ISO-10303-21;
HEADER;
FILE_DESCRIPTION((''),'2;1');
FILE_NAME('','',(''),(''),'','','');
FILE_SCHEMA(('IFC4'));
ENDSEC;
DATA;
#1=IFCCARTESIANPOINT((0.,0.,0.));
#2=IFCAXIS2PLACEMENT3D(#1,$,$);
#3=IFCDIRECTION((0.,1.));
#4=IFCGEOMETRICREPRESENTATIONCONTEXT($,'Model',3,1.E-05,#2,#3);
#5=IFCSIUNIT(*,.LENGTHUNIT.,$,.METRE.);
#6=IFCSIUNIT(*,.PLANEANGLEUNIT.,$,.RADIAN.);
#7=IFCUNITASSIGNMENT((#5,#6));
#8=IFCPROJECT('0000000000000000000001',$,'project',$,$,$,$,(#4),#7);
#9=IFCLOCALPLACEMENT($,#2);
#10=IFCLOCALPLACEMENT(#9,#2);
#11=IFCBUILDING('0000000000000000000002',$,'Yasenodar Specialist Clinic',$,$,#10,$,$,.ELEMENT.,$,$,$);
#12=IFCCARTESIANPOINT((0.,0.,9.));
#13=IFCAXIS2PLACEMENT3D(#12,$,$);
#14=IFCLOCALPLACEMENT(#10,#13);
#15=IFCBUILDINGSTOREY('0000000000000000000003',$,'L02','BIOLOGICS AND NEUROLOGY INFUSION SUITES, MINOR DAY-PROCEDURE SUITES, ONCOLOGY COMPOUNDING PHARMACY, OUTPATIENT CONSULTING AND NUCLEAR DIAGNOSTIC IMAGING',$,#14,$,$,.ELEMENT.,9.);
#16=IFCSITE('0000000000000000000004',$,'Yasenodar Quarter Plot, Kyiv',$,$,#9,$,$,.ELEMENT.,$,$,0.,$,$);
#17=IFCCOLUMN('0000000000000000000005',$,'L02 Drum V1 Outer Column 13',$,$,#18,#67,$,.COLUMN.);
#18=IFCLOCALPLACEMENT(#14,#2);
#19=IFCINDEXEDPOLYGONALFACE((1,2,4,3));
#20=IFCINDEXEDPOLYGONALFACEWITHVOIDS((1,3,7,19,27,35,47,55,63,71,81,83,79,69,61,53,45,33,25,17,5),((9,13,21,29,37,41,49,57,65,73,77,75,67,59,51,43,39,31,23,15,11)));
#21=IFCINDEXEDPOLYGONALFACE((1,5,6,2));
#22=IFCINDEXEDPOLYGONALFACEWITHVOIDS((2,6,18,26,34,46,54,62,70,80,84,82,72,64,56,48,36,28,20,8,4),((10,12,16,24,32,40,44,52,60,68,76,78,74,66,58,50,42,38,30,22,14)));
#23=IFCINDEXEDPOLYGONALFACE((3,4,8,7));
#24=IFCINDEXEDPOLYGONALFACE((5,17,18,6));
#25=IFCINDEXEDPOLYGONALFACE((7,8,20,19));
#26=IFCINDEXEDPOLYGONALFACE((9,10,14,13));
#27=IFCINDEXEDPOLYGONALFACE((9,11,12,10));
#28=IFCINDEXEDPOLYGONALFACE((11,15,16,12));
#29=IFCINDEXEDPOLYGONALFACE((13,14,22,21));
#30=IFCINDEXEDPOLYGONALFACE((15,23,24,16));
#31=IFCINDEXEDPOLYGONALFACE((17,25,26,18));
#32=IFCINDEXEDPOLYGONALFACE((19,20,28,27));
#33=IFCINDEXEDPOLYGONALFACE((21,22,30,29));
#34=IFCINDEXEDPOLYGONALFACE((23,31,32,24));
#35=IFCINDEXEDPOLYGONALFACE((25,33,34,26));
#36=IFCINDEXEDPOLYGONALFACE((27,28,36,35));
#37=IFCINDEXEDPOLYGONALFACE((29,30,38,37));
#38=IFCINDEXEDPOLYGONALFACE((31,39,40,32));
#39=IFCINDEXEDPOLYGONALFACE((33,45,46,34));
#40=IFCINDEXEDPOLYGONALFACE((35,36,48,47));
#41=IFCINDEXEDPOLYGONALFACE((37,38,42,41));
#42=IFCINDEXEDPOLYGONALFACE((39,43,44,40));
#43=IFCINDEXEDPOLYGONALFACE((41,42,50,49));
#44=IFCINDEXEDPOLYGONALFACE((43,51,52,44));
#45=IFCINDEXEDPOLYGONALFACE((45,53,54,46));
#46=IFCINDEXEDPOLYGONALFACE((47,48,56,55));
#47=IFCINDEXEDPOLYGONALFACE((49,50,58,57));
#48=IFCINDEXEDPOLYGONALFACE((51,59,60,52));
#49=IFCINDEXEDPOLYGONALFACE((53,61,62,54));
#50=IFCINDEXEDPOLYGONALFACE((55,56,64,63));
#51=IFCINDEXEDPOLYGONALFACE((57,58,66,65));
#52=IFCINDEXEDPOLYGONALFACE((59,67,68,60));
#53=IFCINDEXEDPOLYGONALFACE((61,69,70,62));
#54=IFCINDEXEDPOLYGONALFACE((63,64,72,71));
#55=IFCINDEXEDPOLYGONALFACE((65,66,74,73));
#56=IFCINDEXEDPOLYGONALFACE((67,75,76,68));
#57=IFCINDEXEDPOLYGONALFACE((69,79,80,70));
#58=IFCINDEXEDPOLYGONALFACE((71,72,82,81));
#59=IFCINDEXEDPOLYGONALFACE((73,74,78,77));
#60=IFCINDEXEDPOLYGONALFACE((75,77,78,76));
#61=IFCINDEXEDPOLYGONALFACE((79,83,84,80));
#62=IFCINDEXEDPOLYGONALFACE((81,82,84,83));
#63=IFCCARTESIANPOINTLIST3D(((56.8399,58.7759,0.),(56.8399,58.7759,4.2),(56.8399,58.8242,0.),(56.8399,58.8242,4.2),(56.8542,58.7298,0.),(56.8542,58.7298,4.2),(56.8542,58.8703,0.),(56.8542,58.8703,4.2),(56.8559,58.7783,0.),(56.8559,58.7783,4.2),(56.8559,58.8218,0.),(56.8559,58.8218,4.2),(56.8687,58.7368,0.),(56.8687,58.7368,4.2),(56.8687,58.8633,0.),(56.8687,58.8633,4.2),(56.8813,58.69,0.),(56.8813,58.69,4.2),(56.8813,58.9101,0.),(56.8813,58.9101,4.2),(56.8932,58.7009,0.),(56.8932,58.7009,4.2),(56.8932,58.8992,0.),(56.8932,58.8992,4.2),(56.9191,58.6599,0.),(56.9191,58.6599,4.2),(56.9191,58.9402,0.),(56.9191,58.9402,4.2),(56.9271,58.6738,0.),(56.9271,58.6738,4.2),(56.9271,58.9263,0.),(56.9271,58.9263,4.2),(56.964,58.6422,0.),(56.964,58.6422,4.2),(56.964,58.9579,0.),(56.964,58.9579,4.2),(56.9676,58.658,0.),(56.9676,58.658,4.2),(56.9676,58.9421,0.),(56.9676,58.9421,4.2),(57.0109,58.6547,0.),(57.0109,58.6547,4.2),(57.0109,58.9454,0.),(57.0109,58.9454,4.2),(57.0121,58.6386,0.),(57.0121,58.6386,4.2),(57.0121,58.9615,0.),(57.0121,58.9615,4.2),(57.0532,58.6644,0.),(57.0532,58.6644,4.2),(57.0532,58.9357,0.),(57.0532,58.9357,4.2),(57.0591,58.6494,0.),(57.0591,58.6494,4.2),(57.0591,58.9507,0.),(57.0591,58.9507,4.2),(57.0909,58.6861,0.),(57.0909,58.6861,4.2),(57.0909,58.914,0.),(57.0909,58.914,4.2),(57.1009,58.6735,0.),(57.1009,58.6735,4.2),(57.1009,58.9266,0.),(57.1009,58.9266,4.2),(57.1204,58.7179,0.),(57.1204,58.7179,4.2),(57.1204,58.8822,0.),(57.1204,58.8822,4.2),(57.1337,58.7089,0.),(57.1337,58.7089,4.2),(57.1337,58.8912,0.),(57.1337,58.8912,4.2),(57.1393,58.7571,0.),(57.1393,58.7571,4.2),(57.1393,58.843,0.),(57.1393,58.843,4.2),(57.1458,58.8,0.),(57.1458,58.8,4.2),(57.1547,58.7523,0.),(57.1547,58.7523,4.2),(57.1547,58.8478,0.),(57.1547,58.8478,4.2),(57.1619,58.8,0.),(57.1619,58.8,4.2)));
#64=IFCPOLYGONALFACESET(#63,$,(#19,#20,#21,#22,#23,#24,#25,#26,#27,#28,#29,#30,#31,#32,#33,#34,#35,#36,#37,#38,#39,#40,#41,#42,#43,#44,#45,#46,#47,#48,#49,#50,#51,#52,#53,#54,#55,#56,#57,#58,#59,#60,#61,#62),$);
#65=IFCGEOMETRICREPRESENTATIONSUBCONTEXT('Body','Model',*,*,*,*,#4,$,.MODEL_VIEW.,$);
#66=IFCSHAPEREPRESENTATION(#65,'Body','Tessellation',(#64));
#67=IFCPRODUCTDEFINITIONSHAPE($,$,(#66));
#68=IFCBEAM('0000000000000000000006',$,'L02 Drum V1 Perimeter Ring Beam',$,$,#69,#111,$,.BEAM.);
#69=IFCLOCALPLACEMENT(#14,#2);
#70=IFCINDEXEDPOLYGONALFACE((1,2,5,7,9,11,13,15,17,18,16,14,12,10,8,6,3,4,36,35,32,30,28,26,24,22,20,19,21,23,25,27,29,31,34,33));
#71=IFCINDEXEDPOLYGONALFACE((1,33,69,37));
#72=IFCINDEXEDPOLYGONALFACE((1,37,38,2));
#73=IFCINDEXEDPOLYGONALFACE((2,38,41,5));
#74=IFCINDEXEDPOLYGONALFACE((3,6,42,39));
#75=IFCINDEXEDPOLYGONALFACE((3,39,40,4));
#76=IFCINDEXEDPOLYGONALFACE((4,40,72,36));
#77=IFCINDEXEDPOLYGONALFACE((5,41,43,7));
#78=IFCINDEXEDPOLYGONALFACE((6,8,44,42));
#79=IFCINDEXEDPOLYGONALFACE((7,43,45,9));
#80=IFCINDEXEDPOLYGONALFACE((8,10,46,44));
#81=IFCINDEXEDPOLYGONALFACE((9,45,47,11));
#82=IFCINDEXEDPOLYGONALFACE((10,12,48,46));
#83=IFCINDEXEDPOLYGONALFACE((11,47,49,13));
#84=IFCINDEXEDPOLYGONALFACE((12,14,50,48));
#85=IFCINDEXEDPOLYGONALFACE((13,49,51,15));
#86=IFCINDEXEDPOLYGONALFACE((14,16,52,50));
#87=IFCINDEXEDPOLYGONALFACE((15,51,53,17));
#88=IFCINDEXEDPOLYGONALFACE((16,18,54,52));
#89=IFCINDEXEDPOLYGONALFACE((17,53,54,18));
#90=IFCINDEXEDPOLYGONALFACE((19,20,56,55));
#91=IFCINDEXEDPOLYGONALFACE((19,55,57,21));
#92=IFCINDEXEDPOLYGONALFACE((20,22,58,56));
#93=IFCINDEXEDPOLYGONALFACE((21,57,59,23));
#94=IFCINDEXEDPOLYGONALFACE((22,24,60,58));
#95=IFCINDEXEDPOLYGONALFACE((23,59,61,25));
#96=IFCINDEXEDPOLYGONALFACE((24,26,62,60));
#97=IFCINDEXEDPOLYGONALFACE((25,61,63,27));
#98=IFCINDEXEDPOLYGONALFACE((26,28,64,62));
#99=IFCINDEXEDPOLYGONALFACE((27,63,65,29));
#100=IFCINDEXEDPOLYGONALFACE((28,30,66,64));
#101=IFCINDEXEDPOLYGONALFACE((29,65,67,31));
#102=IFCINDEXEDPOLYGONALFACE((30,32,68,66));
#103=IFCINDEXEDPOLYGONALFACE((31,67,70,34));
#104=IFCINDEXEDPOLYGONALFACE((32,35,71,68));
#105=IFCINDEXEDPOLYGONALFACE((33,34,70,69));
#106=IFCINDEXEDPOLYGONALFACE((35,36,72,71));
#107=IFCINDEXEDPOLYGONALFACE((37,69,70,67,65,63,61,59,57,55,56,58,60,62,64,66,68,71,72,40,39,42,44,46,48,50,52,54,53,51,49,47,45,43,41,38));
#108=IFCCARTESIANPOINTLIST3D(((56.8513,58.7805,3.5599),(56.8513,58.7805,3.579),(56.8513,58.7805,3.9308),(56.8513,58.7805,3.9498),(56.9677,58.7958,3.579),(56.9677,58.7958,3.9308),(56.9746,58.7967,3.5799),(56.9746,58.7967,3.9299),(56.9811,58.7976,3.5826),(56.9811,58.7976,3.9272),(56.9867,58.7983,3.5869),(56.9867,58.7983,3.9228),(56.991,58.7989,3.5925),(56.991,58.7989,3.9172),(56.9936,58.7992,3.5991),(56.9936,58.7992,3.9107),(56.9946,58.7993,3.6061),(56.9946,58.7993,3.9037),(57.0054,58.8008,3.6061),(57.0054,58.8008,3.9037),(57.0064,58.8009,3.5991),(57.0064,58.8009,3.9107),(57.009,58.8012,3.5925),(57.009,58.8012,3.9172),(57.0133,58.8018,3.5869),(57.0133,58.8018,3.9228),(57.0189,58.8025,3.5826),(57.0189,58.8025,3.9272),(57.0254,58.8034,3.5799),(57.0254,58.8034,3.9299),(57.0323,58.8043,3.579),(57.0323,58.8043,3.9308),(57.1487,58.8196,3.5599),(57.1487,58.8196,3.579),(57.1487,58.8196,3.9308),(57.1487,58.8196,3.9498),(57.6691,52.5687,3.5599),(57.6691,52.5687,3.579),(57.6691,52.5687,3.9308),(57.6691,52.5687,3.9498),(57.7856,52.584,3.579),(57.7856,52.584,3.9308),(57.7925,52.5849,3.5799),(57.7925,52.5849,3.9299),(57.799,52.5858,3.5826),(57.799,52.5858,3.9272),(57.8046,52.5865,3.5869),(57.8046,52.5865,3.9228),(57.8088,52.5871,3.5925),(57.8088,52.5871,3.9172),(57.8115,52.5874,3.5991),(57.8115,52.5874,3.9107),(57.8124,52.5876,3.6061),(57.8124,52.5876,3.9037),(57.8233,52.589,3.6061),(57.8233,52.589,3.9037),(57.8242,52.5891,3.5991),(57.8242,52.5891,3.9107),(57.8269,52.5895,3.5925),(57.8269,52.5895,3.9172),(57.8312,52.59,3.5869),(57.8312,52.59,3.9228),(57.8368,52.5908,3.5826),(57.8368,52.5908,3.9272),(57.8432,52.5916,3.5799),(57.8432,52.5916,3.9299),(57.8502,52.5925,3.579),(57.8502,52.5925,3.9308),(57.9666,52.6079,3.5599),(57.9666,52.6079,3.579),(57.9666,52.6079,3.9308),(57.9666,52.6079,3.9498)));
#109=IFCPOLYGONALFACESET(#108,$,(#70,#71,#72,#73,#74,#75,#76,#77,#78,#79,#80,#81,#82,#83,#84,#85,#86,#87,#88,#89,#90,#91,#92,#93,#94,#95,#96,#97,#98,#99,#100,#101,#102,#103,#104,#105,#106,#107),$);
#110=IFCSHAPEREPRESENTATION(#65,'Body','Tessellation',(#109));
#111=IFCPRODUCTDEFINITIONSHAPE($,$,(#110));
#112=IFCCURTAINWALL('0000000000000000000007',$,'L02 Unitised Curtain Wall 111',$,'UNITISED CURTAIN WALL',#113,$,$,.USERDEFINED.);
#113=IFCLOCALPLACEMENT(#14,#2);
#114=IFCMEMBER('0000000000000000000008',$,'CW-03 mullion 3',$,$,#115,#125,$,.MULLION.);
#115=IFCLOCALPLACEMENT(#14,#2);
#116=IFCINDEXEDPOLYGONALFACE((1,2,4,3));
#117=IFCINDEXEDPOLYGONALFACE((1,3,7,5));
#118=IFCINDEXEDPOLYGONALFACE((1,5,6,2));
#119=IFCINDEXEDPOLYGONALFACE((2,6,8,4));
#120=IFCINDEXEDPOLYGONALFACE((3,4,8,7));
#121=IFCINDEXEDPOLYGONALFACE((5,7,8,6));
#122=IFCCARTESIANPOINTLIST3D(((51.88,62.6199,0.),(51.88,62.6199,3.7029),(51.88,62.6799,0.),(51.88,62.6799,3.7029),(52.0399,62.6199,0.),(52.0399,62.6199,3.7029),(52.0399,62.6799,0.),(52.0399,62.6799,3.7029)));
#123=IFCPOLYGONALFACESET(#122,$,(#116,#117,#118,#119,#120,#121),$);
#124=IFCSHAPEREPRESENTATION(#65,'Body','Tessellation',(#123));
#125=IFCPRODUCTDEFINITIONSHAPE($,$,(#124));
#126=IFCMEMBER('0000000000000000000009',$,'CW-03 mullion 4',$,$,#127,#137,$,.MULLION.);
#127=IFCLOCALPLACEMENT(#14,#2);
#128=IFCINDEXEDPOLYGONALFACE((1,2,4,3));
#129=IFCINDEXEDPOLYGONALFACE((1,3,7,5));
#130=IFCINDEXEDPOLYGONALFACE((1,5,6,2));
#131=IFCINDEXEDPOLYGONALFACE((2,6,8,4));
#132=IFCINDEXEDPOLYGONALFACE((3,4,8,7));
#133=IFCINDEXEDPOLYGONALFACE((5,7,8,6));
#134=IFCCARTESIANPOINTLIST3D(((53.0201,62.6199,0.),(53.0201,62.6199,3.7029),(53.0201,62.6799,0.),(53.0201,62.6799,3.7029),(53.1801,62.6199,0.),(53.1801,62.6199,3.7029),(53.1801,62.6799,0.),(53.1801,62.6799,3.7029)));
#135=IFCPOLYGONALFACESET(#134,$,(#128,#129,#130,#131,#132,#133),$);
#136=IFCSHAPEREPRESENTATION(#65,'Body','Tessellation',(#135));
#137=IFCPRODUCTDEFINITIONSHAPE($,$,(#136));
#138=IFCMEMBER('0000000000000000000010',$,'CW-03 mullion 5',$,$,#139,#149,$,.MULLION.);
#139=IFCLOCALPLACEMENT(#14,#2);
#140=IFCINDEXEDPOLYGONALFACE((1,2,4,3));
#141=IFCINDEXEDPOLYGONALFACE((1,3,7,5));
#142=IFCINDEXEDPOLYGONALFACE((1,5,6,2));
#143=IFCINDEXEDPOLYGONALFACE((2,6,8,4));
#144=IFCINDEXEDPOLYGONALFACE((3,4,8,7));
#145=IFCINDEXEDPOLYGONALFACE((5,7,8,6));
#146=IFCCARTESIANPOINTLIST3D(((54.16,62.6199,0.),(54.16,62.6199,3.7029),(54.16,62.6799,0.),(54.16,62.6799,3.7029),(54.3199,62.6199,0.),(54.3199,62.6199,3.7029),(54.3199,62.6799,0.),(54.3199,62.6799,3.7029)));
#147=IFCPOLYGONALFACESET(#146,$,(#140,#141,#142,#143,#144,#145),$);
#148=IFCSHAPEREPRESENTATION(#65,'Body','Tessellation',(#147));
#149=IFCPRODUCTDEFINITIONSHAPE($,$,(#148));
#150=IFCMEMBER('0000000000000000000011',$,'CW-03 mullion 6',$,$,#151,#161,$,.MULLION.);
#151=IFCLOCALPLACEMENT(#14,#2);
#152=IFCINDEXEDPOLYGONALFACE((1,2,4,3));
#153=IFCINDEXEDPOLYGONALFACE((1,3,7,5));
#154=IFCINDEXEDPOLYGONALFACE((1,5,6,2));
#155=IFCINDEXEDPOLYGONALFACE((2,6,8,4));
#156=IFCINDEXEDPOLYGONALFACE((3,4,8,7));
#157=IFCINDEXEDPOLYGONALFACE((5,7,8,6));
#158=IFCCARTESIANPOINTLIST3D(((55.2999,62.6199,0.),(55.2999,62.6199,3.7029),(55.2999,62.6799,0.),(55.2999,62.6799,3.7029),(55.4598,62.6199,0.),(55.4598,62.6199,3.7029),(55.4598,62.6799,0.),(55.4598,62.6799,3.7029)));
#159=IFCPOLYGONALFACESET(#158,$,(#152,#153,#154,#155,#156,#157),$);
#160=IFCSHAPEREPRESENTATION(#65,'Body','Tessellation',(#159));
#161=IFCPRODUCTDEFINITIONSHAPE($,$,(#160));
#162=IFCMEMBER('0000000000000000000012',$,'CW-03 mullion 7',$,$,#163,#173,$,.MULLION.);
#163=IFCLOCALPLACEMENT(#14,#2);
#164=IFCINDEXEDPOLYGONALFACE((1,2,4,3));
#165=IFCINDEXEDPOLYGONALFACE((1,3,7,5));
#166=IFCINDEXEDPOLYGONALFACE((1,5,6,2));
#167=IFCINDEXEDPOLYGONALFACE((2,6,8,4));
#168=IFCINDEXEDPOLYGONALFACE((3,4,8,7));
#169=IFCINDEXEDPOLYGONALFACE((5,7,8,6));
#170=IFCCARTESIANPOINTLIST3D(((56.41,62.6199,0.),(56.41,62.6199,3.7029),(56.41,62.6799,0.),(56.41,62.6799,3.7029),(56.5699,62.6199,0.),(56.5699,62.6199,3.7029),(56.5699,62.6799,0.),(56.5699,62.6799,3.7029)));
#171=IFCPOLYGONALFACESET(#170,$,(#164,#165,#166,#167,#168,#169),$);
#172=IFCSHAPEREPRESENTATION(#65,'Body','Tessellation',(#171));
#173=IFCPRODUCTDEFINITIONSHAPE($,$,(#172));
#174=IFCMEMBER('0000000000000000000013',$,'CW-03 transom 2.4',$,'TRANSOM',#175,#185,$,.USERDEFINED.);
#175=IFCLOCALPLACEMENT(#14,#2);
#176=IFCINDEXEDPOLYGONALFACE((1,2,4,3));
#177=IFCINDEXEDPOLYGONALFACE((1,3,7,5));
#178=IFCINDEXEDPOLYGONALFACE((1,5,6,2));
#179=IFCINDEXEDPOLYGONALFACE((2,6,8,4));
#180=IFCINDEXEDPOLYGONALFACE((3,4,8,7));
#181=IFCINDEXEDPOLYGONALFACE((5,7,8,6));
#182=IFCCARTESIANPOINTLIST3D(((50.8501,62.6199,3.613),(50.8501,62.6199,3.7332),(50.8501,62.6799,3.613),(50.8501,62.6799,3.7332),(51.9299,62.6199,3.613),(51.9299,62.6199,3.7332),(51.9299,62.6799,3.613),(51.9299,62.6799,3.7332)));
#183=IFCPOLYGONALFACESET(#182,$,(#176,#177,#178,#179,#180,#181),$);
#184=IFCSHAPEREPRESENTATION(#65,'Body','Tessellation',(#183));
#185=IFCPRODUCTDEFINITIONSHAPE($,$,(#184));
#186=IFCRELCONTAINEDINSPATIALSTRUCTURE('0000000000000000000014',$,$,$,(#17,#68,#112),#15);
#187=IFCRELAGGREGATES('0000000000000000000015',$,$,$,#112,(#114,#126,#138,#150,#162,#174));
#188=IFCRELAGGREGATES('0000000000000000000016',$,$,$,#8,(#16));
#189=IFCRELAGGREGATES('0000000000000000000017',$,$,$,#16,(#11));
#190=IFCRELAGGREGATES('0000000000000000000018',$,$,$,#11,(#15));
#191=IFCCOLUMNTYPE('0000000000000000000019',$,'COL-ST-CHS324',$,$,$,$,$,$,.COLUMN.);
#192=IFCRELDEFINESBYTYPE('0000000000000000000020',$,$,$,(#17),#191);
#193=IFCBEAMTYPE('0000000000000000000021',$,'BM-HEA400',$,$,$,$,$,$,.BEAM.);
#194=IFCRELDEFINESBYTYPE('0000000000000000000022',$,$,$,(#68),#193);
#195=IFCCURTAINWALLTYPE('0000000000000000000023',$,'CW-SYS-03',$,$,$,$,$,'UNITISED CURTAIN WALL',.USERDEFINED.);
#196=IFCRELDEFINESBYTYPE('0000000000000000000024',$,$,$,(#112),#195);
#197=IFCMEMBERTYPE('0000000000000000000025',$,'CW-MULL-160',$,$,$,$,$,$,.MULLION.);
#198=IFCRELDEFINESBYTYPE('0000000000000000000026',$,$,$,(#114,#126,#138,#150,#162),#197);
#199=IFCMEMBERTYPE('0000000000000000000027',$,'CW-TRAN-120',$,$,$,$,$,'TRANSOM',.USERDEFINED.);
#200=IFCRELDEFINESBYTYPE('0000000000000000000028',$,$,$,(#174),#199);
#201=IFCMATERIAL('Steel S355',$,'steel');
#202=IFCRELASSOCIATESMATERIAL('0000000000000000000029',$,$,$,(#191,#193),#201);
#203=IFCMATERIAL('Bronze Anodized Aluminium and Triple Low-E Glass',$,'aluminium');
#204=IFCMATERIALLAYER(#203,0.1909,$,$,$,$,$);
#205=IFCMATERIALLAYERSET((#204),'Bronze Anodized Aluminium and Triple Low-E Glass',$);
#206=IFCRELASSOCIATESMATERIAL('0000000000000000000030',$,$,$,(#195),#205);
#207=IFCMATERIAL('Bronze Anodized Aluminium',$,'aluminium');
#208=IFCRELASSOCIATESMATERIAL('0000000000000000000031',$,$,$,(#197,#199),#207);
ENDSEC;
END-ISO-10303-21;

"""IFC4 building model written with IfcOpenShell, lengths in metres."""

from ifc_helpers import new_model, si_unit, direction, frame, origin, origin_2d, place, context, subcontext, project, spatial, rectangle, hollow_circle, i_section, extrude, material, layer, layer_set, material_profile, profile_set, type_object, element, aggregate, save


model = new_model("IFC4")

# Units and contexts
model_context = context("Model", 3, precision=1e-05, world=origin(), true_north=direction((0.0, 1.0)))
body_context = subcontext(model_context, "Body", "Model", "MODEL_VIEW")
ifc_project = project(units=[si_unit("LENGTHUNIT", "METRE"), si_unit("PLANEANGLEUNIT", "RADIAN")], contexts=[model_context])

# Site, building, storey
site_placement = place(None, origin())
site = spatial("IfcSite", under=ifc_project, at=site_placement, Name="Yasenodar Quarter Plot, Kyiv", CompositionType="ELEMENT", RefElevation=0.0)
building_placement = place(site_placement, origin())
building = spatial("IfcBuilding", under=site, at=building_placement, Name="Yasenodar Specialist Clinic", CompositionType="ELEMENT")
storey_placement = place(building_placement, frame((0.0, 0.0, 9.0)))
storey = spatial("IfcBuildingStorey", under=building, at=storey_placement, Name="L02", Description="BIOLOGICS AND NEUROLOGY INFUSION SUITES, MINOR DAY-PROCEDURE SUITES, ONCOLOGY COMPOUNDING PHARMACY, OUTPATIENT CONSULTING AND NUCLEAR DIAGNOSTIC IMAGING", CompositionType="ELEMENT", Elevation=9.0)

# Column
ifc_material_1 = material(Name="Steel S355", Category="steel")
ifc_material_profile_1 = material_profile(ifc_material_1, hollow_circle(Radius=0.1619, WallThickness=0.0161, at=origin_2d()), Name="CHS 323.9x16")
ifc_profile_set_1 = profile_set([ifc_material_profile_1], Name="Steel S355")
column_type = type_object("IfcColumnType", Name="COL-ST-CHS324", PredefinedType="COLUMN", material=ifc_profile_set_1)
column_placement = place(storey_placement, frame((57.0, 58.8, 0.0), z_axis=(0.0, 0.0, 1.0), x_axis=(1.0, 0.0, 0.0)))
element("IfcColumn", 1, at=column_placement, inside=storey, type_object=column_type, Name="L02 Drum V1 Outer Column 13", PredefinedType="COLUMN", context=body_context, shape_type="SweptSolid", body=[
    extrude(hollow_circle(Radius=0.1619, WallThickness=0.0161, at=origin_2d()), origin(), (0.0, 0.0, 1.0), 4.2),
])

# Beam
ifc_material_profile_2 = material_profile(ifc_material_1, i_section(OverallWidth=0.3, OverallDepth=0.3899, WebThickness=0.011, FlangeThickness=0.019, FilletRadius=0.0271, at=origin_2d()), Name="HEA 400")
ifc_profile_set_2 = profile_set([ifc_material_profile_2], Name="Steel S355")
beam_type = type_object("IfcBeamType", Name="BM-HEA400", PredefinedType="BEAM", material=ifc_profile_set_2)
beam_placement = place(storey_placement, frame((57.0, 58.8, 3.7549), z_axis=(0.13054, -0.991443, 0.0), x_axis=(0.991443, 0.13054, 0.0)))
element("IfcBeam", 2, at=beam_placement, inside=storey, type_object=beam_type, Name="L02 Drum V1 Perimeter Ring Beam", PredefinedType="BEAM", context=body_context, shape_type="SweptSolid", body=[
    extrude(i_section(OverallWidth=0.3, OverallDepth=0.3899, WebThickness=0.011, FlangeThickness=0.019, FilletRadius=0.0271, at=origin_2d()), origin(), (0.0, 0.0, 1.0), 6.2654),
])

# Curtain wall, members
ifc_material_2 = material(Name="Bronze Anodized Aluminium and Triple Low-E Glass", Category="aluminium")
ifc_layer_1 = layer(ifc_material_2, 0.1909)
ifc_layer_set_1 = layer_set([ifc_layer_1], Name="Bronze Anodized Aluminium and Triple Low-E Glass")
curtain_wall_type = type_object("IfcCurtainWallType", Name="CW-SYS-03", ElementType="UNITISED CURTAIN WALL", PredefinedType="USERDEFINED", material=ifc_layer_set_1)
curtain_wall_placement = place(storey_placement, origin())
curtain_wall = element("IfcCurtainWall", 3, at=curtain_wall_placement, inside=storey, type_object=curtain_wall_type, Name="L02 Unitised Curtain Wall 111", ObjectType="UNITISED CURTAIN WALL", PredefinedType="USERDEFINED")
ifc_material_3 = material(Name="Bronze Anodized Aluminium", Category="aluminium")
ifc_material_profile_3 = material_profile(ifc_material_3, rectangle(XDim=0.0601, YDim=0.1599, at=origin_2d()), Name="CW-MULL 60x160")
ifc_profile_set_3 = profile_set([ifc_material_profile_3], Name="Bronze Anodized Aluminium")
member_type_1 = type_object("IfcMemberType", Name="CW-MULL-160", PredefinedType="MULLION", material=ifc_profile_set_3)
member_1_placement = place(storey_placement, frame((51.96, 62.6499, 0.0), z_axis=(0.0, 0.0, 1.0), x_axis=(0.0, 1.0, 0.0)))
member_1 = element("IfcMember", 4, at=member_1_placement, type_object=member_type_1, Name="CW-03 mullion 3", PredefinedType="MULLION", context=body_context, shape_type="SweptSolid", body=[
    extrude(rectangle(XDim=0.0601, YDim=0.1599, at=origin_2d()), origin(), (0.0, 0.0, 1.0), 3.7029),
])
member_2_placement = place(storey_placement, frame((53.1001, 62.6499, 0.0), z_axis=(0.0, 0.0, 1.0), x_axis=(0.0, 1.0, 0.0)))
member_2 = element("IfcMember", 5, at=member_2_placement, type_object=member_type_1, Name="CW-03 mullion 4", PredefinedType="MULLION", context=body_context, shape_type="SweptSolid", body=[
    extrude(rectangle(XDim=0.0601, YDim=0.1599, at=origin_2d()), origin(), (0.0, 0.0, 1.0), 3.7029),
])
member_3_placement = place(storey_placement, frame((54.24, 62.6499, 0.0), z_axis=(0.0, 0.0, 1.0), x_axis=(0.0, 1.0, 0.0)))
member_3 = element("IfcMember", 6, at=member_3_placement, type_object=member_type_1, Name="CW-03 mullion 5", PredefinedType="MULLION", context=body_context, shape_type="SweptSolid", body=[
    extrude(rectangle(XDim=0.0601, YDim=0.1599, at=origin_2d()), origin(), (0.0, 0.0, 1.0), 3.7029),
])
member_4_placement = place(storey_placement, frame((55.3799, 62.6499, 0.0), z_axis=(0.0, 0.0, 1.0), x_axis=(0.0, 1.0, 0.0)))
member_4 = element("IfcMember", 7, at=member_4_placement, type_object=member_type_1, Name="CW-03 mullion 6", PredefinedType="MULLION", context=body_context, shape_type="SweptSolid", body=[
    extrude(rectangle(XDim=0.0601, YDim=0.1599, at=origin_2d()), origin(), (0.0, 0.0, 1.0), 3.7029),
])
member_5_placement = place(storey_placement, frame((56.49, 62.6499, 0.0), z_axis=(0.0, 0.0, 1.0), x_axis=(0.0, 1.0, 0.0)))
member_5 = element("IfcMember", 8, at=member_5_placement, type_object=member_type_1, Name="CW-03 mullion 7", PredefinedType="MULLION", context=body_context, shape_type="SweptSolid", body=[
    extrude(rectangle(XDim=0.0601, YDim=0.1599, at=origin_2d()), origin(), (0.0, 0.0, 1.0), 3.7029),
])
ifc_material_profile_4 = material_profile(ifc_material_3, rectangle(XDim=0.0601, YDim=0.1201, at=origin_2d()), Name="CW-TRAN 60x120")
ifc_profile_set_4 = profile_set([ifc_material_profile_4], Name="Bronze Anodized Aluminium")
member_type_2 = type_object("IfcMemberType", Name="CW-TRAN-120", ElementType="TRANSOM", PredefinedType="USERDEFINED", material=ifc_profile_set_4)
member_6_placement = place(storey_placement, frame((50.8501, 62.6499, 3.6731), z_axis=(1.0, 0.0, 0.0), x_axis=(0.0, 1.0, 0.0)))
member_6 = element("IfcMember", 9, at=member_6_placement, type_object=member_type_2, Name="CW-03 transom 2.4", ObjectType="TRANSOM", PredefinedType="USERDEFINED", context=body_context, shape_type="SweptSolid", body=[
    extrude(rectangle(XDim=0.0601, YDim=0.1201, at=origin_2d()), origin(), (0.0, 0.0, 1.0), 1.0798),
])
aggregate(curtain_wall, [member_1, member_2, member_3, member_4, member_5, member_6])

save(model, "model.ifc")
